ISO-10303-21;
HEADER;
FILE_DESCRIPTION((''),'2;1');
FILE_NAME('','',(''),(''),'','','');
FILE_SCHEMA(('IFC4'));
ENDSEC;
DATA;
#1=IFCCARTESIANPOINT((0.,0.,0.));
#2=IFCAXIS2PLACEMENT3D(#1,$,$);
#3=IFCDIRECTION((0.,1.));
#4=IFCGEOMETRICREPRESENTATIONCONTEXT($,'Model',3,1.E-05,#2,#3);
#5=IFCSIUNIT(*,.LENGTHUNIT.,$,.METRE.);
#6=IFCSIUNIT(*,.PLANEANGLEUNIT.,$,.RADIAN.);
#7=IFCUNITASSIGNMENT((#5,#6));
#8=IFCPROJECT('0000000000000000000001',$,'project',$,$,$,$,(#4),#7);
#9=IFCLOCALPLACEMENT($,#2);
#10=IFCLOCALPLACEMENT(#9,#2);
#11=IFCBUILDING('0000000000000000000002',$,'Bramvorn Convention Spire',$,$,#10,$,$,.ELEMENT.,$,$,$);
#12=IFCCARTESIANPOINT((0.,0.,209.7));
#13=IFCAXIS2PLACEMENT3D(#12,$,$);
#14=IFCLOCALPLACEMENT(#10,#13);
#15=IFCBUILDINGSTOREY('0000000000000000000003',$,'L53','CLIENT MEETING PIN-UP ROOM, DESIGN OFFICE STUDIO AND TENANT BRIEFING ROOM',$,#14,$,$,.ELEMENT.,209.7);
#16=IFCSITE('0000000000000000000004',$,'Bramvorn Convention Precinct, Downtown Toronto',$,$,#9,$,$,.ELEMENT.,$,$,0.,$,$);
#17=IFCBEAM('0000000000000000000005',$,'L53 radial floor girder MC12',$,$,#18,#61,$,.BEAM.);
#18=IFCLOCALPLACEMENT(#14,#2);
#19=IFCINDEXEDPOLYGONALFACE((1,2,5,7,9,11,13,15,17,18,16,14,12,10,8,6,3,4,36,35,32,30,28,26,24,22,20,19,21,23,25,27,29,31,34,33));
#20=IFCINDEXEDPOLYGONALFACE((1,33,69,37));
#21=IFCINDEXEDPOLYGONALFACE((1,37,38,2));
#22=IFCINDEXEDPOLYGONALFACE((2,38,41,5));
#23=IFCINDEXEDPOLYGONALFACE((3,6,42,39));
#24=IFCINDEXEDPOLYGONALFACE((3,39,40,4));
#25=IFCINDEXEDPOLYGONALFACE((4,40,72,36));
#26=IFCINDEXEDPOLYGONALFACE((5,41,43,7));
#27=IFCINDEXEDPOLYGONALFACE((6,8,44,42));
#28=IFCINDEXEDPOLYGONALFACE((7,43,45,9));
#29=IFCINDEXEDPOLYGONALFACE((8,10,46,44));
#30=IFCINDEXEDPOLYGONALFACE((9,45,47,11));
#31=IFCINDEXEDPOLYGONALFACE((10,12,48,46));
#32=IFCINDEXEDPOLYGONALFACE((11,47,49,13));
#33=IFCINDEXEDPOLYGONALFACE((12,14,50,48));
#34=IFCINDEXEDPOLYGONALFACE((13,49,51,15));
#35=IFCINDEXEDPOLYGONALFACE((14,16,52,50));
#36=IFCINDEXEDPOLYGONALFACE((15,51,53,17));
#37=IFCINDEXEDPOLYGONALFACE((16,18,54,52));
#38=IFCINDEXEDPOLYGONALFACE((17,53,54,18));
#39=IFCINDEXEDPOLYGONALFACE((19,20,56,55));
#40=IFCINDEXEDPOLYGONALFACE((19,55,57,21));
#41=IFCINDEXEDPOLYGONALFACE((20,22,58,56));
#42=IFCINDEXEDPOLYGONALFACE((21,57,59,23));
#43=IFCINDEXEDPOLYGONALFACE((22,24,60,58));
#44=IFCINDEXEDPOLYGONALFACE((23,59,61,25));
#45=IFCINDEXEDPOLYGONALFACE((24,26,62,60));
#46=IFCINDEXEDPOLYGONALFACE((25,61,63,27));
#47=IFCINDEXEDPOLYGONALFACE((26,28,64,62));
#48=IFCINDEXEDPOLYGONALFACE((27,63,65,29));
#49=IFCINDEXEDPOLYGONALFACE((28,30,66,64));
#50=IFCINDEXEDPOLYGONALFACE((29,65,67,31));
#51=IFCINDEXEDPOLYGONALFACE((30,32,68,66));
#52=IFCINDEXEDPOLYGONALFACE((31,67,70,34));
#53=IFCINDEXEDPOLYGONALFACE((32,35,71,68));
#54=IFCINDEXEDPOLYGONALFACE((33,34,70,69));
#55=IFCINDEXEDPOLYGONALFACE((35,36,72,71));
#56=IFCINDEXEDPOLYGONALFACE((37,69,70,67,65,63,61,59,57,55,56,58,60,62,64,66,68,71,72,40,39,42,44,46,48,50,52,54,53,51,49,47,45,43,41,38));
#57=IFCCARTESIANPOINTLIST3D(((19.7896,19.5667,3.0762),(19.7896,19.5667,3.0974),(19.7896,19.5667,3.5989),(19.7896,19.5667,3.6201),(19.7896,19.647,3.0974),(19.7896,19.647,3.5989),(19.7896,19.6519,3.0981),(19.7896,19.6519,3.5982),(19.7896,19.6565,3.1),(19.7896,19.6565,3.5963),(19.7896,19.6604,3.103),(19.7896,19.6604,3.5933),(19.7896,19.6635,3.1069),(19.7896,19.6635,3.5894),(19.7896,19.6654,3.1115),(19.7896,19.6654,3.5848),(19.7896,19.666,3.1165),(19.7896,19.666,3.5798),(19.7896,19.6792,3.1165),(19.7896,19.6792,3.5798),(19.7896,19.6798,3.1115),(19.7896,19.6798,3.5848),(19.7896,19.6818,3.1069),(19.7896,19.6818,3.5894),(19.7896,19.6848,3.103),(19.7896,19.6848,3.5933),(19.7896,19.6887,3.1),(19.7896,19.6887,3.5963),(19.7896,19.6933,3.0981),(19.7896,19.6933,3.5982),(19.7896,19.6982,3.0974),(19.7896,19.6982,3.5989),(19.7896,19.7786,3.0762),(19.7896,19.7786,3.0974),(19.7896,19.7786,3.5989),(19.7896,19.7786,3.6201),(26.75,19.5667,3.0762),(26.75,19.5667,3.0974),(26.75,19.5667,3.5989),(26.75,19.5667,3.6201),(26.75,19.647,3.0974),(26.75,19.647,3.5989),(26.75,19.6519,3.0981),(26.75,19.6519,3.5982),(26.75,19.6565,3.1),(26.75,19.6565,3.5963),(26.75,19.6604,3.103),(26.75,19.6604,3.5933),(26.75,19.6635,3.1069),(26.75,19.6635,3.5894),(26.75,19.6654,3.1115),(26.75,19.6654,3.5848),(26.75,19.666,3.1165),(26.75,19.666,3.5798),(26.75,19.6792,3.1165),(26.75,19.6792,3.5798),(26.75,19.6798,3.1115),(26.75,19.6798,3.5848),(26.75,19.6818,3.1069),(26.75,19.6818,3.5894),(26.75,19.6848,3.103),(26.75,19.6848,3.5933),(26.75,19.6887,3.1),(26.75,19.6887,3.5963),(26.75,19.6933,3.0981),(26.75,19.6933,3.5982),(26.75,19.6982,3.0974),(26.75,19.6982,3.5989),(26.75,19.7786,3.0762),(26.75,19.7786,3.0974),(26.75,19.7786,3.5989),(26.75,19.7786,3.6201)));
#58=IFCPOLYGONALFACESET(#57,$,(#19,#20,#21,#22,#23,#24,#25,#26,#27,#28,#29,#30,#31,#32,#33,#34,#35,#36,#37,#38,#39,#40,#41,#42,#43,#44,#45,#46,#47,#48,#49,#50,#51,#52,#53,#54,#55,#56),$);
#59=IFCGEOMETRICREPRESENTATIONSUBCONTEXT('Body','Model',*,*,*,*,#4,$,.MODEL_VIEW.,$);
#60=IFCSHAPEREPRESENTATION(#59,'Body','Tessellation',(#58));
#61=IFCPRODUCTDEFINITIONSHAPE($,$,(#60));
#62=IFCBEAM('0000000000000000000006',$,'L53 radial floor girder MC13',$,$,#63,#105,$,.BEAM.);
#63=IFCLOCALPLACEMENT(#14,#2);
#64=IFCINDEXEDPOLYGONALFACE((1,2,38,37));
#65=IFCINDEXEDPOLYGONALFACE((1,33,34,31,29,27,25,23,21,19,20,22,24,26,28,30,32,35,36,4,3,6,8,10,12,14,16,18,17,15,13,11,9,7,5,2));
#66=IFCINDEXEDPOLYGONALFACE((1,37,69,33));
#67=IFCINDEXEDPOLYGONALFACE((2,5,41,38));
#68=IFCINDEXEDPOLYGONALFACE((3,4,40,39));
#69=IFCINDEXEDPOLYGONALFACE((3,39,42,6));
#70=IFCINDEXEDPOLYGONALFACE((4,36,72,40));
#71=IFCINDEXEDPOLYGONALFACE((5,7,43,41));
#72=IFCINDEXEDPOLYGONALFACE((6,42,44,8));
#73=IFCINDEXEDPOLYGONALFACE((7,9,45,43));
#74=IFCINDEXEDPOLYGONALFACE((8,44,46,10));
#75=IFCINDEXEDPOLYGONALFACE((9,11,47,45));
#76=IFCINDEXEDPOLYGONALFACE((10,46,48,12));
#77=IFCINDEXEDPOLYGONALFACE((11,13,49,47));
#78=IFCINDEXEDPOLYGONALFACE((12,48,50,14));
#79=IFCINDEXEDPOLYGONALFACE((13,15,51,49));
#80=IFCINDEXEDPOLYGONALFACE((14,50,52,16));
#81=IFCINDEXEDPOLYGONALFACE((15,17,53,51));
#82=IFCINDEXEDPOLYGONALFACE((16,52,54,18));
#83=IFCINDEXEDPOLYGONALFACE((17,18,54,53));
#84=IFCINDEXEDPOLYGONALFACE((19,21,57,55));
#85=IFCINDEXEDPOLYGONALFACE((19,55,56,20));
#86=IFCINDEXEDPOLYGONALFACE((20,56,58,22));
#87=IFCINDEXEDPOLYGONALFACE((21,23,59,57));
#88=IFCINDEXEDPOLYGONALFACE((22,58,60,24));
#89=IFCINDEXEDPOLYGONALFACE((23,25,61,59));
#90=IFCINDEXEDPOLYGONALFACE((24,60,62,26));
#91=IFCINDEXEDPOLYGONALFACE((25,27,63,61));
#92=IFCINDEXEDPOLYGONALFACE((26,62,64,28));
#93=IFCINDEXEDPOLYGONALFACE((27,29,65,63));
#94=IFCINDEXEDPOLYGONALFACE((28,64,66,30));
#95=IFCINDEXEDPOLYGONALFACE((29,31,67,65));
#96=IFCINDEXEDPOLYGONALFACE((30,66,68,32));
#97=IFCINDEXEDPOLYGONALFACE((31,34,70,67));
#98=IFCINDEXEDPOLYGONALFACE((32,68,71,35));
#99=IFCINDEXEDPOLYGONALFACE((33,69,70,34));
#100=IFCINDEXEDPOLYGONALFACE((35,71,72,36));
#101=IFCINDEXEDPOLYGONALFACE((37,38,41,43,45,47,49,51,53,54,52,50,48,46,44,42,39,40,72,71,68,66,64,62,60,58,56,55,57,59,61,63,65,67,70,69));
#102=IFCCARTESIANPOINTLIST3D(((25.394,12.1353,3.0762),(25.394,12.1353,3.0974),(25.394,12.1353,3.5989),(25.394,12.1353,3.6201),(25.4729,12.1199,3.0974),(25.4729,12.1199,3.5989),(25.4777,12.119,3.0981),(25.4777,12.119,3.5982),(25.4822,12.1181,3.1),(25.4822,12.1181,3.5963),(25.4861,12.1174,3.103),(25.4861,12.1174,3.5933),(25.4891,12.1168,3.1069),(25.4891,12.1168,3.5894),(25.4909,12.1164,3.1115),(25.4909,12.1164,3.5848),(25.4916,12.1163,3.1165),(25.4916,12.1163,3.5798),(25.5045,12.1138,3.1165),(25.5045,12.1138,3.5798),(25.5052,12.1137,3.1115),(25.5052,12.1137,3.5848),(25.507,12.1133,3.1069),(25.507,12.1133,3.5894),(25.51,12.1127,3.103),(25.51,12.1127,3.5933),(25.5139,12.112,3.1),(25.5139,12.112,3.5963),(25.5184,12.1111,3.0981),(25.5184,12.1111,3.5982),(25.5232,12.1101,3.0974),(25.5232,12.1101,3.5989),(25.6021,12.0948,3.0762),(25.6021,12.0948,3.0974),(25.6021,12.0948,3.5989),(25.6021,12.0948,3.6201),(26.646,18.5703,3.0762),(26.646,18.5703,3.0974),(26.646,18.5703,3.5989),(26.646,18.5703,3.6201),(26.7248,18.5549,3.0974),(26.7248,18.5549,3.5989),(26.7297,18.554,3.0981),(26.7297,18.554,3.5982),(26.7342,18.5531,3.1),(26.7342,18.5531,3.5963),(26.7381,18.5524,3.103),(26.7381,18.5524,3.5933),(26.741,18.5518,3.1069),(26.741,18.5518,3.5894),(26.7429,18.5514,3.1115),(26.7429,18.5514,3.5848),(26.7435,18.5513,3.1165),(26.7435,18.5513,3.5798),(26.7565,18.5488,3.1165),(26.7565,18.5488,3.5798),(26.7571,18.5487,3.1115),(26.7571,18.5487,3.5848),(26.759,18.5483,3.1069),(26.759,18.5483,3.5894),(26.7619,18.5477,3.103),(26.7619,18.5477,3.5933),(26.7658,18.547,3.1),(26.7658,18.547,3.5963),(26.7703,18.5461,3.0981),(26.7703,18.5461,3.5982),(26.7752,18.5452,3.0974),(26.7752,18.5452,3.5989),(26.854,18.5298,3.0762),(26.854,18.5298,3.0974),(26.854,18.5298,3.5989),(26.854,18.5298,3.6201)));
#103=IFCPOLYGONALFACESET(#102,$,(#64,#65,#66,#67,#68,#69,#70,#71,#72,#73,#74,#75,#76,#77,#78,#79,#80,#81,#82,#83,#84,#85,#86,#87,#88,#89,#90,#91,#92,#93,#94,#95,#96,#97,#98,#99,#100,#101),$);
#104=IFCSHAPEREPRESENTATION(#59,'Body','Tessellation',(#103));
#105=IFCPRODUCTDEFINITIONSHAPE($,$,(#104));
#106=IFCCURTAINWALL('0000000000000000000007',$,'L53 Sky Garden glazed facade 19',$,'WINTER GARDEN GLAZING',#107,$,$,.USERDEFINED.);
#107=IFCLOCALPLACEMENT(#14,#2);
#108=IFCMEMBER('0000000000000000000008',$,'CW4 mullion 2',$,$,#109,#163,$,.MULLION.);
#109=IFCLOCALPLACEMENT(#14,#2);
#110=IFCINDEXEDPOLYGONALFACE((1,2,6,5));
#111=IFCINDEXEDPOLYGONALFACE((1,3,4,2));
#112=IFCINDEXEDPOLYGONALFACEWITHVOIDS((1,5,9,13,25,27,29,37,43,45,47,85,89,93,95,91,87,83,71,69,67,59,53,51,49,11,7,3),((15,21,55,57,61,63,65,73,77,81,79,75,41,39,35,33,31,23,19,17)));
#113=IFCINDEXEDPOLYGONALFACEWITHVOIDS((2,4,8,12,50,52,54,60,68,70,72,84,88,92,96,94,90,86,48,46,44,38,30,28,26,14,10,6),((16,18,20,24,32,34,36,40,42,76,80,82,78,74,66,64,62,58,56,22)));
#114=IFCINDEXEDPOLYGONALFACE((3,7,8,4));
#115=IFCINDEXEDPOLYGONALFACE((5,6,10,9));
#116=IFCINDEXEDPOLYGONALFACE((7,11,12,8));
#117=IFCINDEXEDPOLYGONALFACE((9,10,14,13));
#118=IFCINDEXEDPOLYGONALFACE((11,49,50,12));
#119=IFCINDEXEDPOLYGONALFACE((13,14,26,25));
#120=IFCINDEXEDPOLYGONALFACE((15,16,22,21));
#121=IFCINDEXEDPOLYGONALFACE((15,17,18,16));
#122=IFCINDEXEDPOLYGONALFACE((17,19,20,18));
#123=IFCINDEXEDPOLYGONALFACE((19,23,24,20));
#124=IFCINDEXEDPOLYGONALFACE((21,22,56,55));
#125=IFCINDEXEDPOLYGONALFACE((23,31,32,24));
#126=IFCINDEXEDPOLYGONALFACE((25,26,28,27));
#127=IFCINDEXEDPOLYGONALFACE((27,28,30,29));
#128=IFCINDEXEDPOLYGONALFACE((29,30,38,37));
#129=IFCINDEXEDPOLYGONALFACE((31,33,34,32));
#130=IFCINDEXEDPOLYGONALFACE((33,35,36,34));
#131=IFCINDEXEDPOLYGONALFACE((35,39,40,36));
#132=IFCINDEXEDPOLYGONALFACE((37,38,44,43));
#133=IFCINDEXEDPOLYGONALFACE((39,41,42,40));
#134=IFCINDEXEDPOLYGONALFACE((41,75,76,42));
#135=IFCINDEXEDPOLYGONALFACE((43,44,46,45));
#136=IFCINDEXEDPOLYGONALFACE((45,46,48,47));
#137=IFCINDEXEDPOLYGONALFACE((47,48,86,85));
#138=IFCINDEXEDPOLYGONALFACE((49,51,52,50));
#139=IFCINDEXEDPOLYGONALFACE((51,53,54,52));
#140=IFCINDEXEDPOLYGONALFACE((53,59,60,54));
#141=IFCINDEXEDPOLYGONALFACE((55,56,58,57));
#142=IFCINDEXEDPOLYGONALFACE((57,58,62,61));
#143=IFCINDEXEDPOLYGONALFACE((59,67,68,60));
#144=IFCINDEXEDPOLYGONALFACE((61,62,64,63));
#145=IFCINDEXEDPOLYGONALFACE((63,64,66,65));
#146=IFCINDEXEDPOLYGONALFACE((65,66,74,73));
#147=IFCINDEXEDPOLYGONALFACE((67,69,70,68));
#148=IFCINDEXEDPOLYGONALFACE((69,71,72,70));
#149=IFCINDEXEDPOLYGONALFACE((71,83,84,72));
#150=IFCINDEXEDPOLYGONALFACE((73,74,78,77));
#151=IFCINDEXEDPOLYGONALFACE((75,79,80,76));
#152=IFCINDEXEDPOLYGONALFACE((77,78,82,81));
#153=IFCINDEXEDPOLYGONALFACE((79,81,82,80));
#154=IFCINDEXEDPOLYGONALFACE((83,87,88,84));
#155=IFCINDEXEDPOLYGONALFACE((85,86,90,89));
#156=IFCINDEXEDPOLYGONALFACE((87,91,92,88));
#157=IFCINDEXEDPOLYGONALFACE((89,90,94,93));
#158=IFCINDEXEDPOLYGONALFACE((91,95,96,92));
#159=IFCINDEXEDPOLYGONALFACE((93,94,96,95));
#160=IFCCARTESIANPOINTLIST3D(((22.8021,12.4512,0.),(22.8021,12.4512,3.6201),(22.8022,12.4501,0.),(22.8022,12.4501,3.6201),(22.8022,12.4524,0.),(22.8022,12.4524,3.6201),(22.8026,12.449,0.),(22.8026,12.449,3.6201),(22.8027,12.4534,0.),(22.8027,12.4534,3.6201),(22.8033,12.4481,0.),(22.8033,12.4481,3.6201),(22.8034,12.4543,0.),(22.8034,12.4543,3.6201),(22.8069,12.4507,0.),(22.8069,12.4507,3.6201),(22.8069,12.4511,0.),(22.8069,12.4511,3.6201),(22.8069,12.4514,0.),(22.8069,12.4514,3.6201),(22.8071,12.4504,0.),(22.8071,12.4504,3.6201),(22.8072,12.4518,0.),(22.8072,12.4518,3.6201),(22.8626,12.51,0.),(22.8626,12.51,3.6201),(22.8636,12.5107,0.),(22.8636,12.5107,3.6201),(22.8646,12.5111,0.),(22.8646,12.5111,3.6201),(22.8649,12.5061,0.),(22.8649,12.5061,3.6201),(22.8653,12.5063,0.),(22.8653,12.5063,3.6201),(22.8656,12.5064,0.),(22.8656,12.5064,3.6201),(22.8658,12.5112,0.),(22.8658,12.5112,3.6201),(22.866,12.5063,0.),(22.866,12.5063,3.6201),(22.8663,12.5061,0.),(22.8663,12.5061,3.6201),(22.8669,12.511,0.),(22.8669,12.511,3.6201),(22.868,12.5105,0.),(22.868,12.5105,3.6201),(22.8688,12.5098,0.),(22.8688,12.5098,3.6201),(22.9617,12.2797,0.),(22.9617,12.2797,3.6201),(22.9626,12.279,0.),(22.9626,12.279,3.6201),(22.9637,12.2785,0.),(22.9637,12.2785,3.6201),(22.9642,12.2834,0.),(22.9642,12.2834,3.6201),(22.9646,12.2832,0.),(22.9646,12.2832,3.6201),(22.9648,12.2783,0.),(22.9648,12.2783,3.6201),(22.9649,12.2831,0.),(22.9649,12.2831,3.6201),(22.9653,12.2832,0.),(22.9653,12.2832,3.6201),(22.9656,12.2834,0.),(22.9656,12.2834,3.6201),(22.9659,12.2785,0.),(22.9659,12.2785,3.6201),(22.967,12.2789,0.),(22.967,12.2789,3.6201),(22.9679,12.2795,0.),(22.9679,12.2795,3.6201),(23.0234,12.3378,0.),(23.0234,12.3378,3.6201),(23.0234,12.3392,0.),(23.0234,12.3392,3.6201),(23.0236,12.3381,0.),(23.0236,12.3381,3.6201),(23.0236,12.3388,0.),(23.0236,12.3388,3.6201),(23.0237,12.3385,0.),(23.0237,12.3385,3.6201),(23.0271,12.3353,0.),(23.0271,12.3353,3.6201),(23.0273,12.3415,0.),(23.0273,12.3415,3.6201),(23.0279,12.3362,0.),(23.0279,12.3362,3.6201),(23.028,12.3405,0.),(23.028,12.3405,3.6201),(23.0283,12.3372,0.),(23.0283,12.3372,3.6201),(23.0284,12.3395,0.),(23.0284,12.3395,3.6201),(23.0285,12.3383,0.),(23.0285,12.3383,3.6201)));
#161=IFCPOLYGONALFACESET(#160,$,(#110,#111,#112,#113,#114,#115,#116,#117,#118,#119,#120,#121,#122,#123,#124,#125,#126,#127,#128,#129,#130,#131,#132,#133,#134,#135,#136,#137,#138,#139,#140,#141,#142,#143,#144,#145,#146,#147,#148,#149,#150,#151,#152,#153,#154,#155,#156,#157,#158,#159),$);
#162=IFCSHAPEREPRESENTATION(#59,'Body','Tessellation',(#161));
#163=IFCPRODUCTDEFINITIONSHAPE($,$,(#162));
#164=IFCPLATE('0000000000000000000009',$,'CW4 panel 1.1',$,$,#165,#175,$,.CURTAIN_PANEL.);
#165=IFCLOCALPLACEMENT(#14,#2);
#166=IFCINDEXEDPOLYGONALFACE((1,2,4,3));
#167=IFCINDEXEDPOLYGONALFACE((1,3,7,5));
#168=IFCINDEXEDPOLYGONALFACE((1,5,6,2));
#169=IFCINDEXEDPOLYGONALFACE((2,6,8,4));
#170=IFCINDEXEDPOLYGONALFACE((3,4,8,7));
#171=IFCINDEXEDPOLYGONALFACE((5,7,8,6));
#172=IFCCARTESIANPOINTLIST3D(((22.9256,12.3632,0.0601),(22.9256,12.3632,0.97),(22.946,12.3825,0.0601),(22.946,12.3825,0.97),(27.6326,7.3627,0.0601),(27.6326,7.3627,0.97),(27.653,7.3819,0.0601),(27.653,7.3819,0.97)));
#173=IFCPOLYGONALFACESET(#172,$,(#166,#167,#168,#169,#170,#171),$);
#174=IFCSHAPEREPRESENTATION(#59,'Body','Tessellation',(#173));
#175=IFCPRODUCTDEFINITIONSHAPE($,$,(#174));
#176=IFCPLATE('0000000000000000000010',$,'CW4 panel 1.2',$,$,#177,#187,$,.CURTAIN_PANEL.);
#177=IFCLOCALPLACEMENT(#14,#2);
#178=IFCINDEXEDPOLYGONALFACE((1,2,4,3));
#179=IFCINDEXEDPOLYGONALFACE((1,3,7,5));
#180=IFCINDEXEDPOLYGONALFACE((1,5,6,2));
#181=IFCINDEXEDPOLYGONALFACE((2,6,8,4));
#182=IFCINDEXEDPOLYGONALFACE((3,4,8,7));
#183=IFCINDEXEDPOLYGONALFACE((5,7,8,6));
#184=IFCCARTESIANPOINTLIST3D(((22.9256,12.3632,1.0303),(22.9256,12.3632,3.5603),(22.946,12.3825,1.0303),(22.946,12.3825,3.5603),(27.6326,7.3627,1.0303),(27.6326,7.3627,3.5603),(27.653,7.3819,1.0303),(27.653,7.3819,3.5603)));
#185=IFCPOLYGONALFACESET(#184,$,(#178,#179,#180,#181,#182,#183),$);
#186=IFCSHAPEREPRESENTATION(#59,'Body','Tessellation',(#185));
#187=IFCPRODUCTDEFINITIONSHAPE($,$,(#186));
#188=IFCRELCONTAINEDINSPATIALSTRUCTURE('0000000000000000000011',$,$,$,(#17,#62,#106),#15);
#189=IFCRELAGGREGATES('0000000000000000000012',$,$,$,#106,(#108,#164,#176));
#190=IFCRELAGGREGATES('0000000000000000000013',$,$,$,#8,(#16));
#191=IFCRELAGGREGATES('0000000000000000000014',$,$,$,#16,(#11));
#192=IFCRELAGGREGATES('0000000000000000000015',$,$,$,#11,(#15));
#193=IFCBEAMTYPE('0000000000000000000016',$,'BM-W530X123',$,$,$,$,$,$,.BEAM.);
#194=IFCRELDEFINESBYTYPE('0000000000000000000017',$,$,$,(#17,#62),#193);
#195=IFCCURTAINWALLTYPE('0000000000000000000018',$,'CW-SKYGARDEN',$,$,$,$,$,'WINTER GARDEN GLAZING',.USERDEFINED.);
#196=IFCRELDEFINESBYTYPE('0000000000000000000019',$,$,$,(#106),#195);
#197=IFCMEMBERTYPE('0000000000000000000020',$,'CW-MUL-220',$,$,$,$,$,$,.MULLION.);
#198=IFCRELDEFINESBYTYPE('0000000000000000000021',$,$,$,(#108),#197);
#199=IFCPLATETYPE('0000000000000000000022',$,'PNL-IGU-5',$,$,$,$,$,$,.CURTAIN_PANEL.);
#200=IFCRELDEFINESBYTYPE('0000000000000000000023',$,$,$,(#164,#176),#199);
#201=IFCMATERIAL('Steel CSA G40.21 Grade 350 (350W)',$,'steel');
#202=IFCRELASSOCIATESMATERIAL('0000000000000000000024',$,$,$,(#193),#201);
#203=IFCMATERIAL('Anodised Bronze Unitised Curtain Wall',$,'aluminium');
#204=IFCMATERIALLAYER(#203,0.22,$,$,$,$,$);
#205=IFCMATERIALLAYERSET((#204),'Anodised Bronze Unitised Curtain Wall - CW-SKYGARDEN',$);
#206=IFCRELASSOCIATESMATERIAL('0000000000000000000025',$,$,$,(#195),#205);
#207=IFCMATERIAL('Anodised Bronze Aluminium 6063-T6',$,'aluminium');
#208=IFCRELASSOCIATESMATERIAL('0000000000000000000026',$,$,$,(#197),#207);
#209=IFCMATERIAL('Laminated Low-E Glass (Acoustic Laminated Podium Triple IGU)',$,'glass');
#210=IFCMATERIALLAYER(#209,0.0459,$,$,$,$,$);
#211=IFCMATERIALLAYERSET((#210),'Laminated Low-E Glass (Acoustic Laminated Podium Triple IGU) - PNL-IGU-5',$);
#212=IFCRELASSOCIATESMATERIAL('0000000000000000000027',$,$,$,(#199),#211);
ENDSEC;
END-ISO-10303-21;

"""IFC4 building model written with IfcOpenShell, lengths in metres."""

from ifc_helpers import new_model, si_unit, direction, frame, origin, origin_2d, place, context, subcontext, project, spatial, rectangle, hollow_rectangle, i_section, extrude, material, layer, layer_set, material_profile, profile_set, type_object, element, aggregate, save


model = new_model("IFC4")

# Units and contexts
model_context = context("Model", 3, precision=1e-05, world=origin(), true_north=direction((0.0, 1.0)))
body_context = subcontext(model_context, "Body", "Model", "MODEL_VIEW")
ifc_project = project(units=[si_unit("LENGTHUNIT", "METRE"), si_unit("PLANEANGLEUNIT", "RADIAN")], contexts=[model_context])

# Site, building, storey
site_placement = place(None, origin())
site = spatial("IfcSite", under=ifc_project, at=site_placement, Name="Bramvorn Convention Precinct, Downtown Toronto", CompositionType="ELEMENT", RefElevation=0.0)
building_placement = place(site_placement, origin())
building = spatial("IfcBuilding", under=site, at=building_placement, Name="Bramvorn Convention Spire", CompositionType="ELEMENT")
storey_placement = place(building_placement, frame((0.0, 0.0, 209.7)))
storey = spatial("IfcBuildingStorey", under=building, at=storey_placement, Name="L53", Description="CLIENT MEETING PIN-UP ROOM, DESIGN OFFICE STUDIO AND TENANT BRIEFING ROOM", CompositionType="ELEMENT", Elevation=209.7)

# Shared definitions
ifc_material_1 = material(Name="Steel CSA G40.21 Grade 350 (350W)", Category="steel")

# Beams
ifc_material_profile_1 = material_profile(ifc_material_1, i_section(OverallWidth=0.2119, OverallDepth=0.5439, WebThickness=0.0132, FlangeThickness=0.0212, FilletRadius=0.019, at=origin_2d()))
ifc_profile_set_1 = profile_set([ifc_material_profile_1], Name="Steel CSA G40.21 Grade 350 (350W) - W530X123")
beam_type_1 = type_object("IfcBeamType", Name="BM-W530X123", PredefinedType="BEAM", material=ifc_profile_set_1)
beam_1_placement = place(storey_placement, frame((26.75, 19.6726, 3.3481), z_axis=(-1.0, 0.0, 0.0), x_axis=(0.0, -1.0, 0.0)))
element("IfcBeam", 1, at=beam_1_placement, inside=storey, type_object=beam_type_1, Name="L53 radial floor girder MC12", PredefinedType="BEAM", context=body_context, shape_type="SweptSolid", body=[
    extrude(i_section(OverallWidth=0.2119, OverallDepth=0.5439, WebThickness=0.0132, FlangeThickness=0.0212, FilletRadius=0.019, at=origin_2d()), origin(), (0.0, 0.0, 1.0), 6.9604),
])
beam_2_placement = place(storey_placement, frame((26.75, 18.55, 3.3481), z_axis=(-0.190971, -0.981596, 0.0), x_axis=(0.981596, -0.190971, 0.0)))
element("IfcBeam", 2, at=beam_2_placement, inside=storey, type_object=beam_type_1, Name="L53 radial floor girder MC13", PredefinedType="BEAM", context=body_context, shape_type="SweptSolid", body=[
    extrude(i_section(OverallWidth=0.2119, OverallDepth=0.5439, WebThickness=0.0132, FlangeThickness=0.0212, FilletRadius=0.019, at=origin_2d()), origin(), (0.0, 0.0, 1.0), 6.5557),
])

# Curtain wall, member, plates
ifc_material_2 = material(Name="Anodised Bronze Unitised Curtain Wall", Category="aluminium")
ifc_layer_1 = layer(ifc_material_2, 0.22)
ifc_layer_set_1 = layer_set([ifc_layer_1], Name="Anodised Bronze Unitised Curtain Wall - CW-SKYGARDEN")
curtain_wall_type = type_object("IfcCurtainWallType", Name="CW-SKYGARDEN", ElementType="WINTER GARDEN GLAZING", PredefinedType="USERDEFINED", material=ifc_layer_set_1)
curtain_wall_placement = place(storey_placement, origin())
curtain_wall = element("IfcCurtainWall", 3, at=curtain_wall_placement, inside=storey, type_object=curtain_wall_type, Name="L53 Sky Garden glazed facade 19", ObjectType="WINTER GARDEN GLAZING", PredefinedType="USERDEFINED")
ifc_material_3 = material(Name="Anodised Bronze Aluminium 6063-T6", Category="aluminium")
ifc_material_profile_2 = material_profile(ifc_material_3, hollow_rectangle(XDim=0.0901, YDim=0.24, WallThickness=0.0044, InnerFilletRadius=0.001, OuterFilletRadius=0.0044, at=origin_2d()))
ifc_profile_set_2 = profile_set([ifc_material_profile_2], Name="Anodised Bronze Aluminium 6063-T6 - CWM90X240")
member_type = type_object("IfcMemberType", Name="CW-MUL-220", PredefinedType="MULLION", material=ifc_profile_set_2)
member_placement = place(storey_placement, frame((22.9153, 12.3948, 0.0), z_axis=(0.0, 0.0, 1.0), x_axis=(-0.728158, -0.68541, 0.0)))
member = element("IfcMember", 4, at=member_placement, type_object=member_type, Name="CW4 mullion 2", PredefinedType="MULLION", context=body_context, shape_type="SweptSolid", body=[
    extrude(hollow_rectangle(XDim=0.0901, YDim=0.24, WallThickness=0.0044, InnerFilletRadius=0.001, OuterFilletRadius=0.0044, at=origin_2d()), origin(), (0.0, 0.0, 1.0), 3.6201),
])
ifc_material_4 = material(Name="Laminated Low-E Glass (Acoustic Laminated Podium Triple IGU)", Category="glass")
ifc_layer_2 = layer(ifc_material_4, 0.0459)
ifc_layer_set_2 = layer_set([ifc_layer_2], Name="Laminated Low-E Glass (Acoustic Laminated Podium Triple IGU) - PNL-IGU-5")
plate_type = type_object("IfcPlateType", Name="PNL-IGU-5", PredefinedType="CURTAIN_PANEL", material=ifc_layer_set_2)
plate_1_placement = place(storey_placement, frame((25.2893, 9.8726, 0.0601), z_axis=(0.0, 0.0, 1.0), x_axis=(-0.68541, 0.728158, 0.0)))
plate_1 = element("IfcPlate", 5, at=plate_1_placement, type_object=plate_type, Name="CW4 panel 1.1", PredefinedType="CURTAIN_PANEL", context=body_context, shape_type="SweptSolid", body=[
    extrude(rectangle(XDim=6.8674, YDim=0.0281, at=origin_2d()), origin(), (0.0, 0.0, 1.0), 0.9099),
])
plate_2_placement = place(storey_placement, frame((25.2893, 9.8726, 1.0303), z_axis=(0.0, 0.0, 1.0), x_axis=(-0.68541, 0.728158, 0.0)))
plate_2 = element("IfcPlate", 6, at=plate_2_placement, type_object=plate_type, Name="CW4 panel 1.2", PredefinedType="CURTAIN_PANEL", context=body_context, shape_type="SweptSolid", body=[
    extrude(rectangle(XDim=6.8674, YDim=0.0281, at=origin_2d()), origin(), (0.0, 0.0, 1.0), 2.53),
])
aggregate(curtain_wall, [member, plate_1, plate_2])

save(model, "model.ifc")
